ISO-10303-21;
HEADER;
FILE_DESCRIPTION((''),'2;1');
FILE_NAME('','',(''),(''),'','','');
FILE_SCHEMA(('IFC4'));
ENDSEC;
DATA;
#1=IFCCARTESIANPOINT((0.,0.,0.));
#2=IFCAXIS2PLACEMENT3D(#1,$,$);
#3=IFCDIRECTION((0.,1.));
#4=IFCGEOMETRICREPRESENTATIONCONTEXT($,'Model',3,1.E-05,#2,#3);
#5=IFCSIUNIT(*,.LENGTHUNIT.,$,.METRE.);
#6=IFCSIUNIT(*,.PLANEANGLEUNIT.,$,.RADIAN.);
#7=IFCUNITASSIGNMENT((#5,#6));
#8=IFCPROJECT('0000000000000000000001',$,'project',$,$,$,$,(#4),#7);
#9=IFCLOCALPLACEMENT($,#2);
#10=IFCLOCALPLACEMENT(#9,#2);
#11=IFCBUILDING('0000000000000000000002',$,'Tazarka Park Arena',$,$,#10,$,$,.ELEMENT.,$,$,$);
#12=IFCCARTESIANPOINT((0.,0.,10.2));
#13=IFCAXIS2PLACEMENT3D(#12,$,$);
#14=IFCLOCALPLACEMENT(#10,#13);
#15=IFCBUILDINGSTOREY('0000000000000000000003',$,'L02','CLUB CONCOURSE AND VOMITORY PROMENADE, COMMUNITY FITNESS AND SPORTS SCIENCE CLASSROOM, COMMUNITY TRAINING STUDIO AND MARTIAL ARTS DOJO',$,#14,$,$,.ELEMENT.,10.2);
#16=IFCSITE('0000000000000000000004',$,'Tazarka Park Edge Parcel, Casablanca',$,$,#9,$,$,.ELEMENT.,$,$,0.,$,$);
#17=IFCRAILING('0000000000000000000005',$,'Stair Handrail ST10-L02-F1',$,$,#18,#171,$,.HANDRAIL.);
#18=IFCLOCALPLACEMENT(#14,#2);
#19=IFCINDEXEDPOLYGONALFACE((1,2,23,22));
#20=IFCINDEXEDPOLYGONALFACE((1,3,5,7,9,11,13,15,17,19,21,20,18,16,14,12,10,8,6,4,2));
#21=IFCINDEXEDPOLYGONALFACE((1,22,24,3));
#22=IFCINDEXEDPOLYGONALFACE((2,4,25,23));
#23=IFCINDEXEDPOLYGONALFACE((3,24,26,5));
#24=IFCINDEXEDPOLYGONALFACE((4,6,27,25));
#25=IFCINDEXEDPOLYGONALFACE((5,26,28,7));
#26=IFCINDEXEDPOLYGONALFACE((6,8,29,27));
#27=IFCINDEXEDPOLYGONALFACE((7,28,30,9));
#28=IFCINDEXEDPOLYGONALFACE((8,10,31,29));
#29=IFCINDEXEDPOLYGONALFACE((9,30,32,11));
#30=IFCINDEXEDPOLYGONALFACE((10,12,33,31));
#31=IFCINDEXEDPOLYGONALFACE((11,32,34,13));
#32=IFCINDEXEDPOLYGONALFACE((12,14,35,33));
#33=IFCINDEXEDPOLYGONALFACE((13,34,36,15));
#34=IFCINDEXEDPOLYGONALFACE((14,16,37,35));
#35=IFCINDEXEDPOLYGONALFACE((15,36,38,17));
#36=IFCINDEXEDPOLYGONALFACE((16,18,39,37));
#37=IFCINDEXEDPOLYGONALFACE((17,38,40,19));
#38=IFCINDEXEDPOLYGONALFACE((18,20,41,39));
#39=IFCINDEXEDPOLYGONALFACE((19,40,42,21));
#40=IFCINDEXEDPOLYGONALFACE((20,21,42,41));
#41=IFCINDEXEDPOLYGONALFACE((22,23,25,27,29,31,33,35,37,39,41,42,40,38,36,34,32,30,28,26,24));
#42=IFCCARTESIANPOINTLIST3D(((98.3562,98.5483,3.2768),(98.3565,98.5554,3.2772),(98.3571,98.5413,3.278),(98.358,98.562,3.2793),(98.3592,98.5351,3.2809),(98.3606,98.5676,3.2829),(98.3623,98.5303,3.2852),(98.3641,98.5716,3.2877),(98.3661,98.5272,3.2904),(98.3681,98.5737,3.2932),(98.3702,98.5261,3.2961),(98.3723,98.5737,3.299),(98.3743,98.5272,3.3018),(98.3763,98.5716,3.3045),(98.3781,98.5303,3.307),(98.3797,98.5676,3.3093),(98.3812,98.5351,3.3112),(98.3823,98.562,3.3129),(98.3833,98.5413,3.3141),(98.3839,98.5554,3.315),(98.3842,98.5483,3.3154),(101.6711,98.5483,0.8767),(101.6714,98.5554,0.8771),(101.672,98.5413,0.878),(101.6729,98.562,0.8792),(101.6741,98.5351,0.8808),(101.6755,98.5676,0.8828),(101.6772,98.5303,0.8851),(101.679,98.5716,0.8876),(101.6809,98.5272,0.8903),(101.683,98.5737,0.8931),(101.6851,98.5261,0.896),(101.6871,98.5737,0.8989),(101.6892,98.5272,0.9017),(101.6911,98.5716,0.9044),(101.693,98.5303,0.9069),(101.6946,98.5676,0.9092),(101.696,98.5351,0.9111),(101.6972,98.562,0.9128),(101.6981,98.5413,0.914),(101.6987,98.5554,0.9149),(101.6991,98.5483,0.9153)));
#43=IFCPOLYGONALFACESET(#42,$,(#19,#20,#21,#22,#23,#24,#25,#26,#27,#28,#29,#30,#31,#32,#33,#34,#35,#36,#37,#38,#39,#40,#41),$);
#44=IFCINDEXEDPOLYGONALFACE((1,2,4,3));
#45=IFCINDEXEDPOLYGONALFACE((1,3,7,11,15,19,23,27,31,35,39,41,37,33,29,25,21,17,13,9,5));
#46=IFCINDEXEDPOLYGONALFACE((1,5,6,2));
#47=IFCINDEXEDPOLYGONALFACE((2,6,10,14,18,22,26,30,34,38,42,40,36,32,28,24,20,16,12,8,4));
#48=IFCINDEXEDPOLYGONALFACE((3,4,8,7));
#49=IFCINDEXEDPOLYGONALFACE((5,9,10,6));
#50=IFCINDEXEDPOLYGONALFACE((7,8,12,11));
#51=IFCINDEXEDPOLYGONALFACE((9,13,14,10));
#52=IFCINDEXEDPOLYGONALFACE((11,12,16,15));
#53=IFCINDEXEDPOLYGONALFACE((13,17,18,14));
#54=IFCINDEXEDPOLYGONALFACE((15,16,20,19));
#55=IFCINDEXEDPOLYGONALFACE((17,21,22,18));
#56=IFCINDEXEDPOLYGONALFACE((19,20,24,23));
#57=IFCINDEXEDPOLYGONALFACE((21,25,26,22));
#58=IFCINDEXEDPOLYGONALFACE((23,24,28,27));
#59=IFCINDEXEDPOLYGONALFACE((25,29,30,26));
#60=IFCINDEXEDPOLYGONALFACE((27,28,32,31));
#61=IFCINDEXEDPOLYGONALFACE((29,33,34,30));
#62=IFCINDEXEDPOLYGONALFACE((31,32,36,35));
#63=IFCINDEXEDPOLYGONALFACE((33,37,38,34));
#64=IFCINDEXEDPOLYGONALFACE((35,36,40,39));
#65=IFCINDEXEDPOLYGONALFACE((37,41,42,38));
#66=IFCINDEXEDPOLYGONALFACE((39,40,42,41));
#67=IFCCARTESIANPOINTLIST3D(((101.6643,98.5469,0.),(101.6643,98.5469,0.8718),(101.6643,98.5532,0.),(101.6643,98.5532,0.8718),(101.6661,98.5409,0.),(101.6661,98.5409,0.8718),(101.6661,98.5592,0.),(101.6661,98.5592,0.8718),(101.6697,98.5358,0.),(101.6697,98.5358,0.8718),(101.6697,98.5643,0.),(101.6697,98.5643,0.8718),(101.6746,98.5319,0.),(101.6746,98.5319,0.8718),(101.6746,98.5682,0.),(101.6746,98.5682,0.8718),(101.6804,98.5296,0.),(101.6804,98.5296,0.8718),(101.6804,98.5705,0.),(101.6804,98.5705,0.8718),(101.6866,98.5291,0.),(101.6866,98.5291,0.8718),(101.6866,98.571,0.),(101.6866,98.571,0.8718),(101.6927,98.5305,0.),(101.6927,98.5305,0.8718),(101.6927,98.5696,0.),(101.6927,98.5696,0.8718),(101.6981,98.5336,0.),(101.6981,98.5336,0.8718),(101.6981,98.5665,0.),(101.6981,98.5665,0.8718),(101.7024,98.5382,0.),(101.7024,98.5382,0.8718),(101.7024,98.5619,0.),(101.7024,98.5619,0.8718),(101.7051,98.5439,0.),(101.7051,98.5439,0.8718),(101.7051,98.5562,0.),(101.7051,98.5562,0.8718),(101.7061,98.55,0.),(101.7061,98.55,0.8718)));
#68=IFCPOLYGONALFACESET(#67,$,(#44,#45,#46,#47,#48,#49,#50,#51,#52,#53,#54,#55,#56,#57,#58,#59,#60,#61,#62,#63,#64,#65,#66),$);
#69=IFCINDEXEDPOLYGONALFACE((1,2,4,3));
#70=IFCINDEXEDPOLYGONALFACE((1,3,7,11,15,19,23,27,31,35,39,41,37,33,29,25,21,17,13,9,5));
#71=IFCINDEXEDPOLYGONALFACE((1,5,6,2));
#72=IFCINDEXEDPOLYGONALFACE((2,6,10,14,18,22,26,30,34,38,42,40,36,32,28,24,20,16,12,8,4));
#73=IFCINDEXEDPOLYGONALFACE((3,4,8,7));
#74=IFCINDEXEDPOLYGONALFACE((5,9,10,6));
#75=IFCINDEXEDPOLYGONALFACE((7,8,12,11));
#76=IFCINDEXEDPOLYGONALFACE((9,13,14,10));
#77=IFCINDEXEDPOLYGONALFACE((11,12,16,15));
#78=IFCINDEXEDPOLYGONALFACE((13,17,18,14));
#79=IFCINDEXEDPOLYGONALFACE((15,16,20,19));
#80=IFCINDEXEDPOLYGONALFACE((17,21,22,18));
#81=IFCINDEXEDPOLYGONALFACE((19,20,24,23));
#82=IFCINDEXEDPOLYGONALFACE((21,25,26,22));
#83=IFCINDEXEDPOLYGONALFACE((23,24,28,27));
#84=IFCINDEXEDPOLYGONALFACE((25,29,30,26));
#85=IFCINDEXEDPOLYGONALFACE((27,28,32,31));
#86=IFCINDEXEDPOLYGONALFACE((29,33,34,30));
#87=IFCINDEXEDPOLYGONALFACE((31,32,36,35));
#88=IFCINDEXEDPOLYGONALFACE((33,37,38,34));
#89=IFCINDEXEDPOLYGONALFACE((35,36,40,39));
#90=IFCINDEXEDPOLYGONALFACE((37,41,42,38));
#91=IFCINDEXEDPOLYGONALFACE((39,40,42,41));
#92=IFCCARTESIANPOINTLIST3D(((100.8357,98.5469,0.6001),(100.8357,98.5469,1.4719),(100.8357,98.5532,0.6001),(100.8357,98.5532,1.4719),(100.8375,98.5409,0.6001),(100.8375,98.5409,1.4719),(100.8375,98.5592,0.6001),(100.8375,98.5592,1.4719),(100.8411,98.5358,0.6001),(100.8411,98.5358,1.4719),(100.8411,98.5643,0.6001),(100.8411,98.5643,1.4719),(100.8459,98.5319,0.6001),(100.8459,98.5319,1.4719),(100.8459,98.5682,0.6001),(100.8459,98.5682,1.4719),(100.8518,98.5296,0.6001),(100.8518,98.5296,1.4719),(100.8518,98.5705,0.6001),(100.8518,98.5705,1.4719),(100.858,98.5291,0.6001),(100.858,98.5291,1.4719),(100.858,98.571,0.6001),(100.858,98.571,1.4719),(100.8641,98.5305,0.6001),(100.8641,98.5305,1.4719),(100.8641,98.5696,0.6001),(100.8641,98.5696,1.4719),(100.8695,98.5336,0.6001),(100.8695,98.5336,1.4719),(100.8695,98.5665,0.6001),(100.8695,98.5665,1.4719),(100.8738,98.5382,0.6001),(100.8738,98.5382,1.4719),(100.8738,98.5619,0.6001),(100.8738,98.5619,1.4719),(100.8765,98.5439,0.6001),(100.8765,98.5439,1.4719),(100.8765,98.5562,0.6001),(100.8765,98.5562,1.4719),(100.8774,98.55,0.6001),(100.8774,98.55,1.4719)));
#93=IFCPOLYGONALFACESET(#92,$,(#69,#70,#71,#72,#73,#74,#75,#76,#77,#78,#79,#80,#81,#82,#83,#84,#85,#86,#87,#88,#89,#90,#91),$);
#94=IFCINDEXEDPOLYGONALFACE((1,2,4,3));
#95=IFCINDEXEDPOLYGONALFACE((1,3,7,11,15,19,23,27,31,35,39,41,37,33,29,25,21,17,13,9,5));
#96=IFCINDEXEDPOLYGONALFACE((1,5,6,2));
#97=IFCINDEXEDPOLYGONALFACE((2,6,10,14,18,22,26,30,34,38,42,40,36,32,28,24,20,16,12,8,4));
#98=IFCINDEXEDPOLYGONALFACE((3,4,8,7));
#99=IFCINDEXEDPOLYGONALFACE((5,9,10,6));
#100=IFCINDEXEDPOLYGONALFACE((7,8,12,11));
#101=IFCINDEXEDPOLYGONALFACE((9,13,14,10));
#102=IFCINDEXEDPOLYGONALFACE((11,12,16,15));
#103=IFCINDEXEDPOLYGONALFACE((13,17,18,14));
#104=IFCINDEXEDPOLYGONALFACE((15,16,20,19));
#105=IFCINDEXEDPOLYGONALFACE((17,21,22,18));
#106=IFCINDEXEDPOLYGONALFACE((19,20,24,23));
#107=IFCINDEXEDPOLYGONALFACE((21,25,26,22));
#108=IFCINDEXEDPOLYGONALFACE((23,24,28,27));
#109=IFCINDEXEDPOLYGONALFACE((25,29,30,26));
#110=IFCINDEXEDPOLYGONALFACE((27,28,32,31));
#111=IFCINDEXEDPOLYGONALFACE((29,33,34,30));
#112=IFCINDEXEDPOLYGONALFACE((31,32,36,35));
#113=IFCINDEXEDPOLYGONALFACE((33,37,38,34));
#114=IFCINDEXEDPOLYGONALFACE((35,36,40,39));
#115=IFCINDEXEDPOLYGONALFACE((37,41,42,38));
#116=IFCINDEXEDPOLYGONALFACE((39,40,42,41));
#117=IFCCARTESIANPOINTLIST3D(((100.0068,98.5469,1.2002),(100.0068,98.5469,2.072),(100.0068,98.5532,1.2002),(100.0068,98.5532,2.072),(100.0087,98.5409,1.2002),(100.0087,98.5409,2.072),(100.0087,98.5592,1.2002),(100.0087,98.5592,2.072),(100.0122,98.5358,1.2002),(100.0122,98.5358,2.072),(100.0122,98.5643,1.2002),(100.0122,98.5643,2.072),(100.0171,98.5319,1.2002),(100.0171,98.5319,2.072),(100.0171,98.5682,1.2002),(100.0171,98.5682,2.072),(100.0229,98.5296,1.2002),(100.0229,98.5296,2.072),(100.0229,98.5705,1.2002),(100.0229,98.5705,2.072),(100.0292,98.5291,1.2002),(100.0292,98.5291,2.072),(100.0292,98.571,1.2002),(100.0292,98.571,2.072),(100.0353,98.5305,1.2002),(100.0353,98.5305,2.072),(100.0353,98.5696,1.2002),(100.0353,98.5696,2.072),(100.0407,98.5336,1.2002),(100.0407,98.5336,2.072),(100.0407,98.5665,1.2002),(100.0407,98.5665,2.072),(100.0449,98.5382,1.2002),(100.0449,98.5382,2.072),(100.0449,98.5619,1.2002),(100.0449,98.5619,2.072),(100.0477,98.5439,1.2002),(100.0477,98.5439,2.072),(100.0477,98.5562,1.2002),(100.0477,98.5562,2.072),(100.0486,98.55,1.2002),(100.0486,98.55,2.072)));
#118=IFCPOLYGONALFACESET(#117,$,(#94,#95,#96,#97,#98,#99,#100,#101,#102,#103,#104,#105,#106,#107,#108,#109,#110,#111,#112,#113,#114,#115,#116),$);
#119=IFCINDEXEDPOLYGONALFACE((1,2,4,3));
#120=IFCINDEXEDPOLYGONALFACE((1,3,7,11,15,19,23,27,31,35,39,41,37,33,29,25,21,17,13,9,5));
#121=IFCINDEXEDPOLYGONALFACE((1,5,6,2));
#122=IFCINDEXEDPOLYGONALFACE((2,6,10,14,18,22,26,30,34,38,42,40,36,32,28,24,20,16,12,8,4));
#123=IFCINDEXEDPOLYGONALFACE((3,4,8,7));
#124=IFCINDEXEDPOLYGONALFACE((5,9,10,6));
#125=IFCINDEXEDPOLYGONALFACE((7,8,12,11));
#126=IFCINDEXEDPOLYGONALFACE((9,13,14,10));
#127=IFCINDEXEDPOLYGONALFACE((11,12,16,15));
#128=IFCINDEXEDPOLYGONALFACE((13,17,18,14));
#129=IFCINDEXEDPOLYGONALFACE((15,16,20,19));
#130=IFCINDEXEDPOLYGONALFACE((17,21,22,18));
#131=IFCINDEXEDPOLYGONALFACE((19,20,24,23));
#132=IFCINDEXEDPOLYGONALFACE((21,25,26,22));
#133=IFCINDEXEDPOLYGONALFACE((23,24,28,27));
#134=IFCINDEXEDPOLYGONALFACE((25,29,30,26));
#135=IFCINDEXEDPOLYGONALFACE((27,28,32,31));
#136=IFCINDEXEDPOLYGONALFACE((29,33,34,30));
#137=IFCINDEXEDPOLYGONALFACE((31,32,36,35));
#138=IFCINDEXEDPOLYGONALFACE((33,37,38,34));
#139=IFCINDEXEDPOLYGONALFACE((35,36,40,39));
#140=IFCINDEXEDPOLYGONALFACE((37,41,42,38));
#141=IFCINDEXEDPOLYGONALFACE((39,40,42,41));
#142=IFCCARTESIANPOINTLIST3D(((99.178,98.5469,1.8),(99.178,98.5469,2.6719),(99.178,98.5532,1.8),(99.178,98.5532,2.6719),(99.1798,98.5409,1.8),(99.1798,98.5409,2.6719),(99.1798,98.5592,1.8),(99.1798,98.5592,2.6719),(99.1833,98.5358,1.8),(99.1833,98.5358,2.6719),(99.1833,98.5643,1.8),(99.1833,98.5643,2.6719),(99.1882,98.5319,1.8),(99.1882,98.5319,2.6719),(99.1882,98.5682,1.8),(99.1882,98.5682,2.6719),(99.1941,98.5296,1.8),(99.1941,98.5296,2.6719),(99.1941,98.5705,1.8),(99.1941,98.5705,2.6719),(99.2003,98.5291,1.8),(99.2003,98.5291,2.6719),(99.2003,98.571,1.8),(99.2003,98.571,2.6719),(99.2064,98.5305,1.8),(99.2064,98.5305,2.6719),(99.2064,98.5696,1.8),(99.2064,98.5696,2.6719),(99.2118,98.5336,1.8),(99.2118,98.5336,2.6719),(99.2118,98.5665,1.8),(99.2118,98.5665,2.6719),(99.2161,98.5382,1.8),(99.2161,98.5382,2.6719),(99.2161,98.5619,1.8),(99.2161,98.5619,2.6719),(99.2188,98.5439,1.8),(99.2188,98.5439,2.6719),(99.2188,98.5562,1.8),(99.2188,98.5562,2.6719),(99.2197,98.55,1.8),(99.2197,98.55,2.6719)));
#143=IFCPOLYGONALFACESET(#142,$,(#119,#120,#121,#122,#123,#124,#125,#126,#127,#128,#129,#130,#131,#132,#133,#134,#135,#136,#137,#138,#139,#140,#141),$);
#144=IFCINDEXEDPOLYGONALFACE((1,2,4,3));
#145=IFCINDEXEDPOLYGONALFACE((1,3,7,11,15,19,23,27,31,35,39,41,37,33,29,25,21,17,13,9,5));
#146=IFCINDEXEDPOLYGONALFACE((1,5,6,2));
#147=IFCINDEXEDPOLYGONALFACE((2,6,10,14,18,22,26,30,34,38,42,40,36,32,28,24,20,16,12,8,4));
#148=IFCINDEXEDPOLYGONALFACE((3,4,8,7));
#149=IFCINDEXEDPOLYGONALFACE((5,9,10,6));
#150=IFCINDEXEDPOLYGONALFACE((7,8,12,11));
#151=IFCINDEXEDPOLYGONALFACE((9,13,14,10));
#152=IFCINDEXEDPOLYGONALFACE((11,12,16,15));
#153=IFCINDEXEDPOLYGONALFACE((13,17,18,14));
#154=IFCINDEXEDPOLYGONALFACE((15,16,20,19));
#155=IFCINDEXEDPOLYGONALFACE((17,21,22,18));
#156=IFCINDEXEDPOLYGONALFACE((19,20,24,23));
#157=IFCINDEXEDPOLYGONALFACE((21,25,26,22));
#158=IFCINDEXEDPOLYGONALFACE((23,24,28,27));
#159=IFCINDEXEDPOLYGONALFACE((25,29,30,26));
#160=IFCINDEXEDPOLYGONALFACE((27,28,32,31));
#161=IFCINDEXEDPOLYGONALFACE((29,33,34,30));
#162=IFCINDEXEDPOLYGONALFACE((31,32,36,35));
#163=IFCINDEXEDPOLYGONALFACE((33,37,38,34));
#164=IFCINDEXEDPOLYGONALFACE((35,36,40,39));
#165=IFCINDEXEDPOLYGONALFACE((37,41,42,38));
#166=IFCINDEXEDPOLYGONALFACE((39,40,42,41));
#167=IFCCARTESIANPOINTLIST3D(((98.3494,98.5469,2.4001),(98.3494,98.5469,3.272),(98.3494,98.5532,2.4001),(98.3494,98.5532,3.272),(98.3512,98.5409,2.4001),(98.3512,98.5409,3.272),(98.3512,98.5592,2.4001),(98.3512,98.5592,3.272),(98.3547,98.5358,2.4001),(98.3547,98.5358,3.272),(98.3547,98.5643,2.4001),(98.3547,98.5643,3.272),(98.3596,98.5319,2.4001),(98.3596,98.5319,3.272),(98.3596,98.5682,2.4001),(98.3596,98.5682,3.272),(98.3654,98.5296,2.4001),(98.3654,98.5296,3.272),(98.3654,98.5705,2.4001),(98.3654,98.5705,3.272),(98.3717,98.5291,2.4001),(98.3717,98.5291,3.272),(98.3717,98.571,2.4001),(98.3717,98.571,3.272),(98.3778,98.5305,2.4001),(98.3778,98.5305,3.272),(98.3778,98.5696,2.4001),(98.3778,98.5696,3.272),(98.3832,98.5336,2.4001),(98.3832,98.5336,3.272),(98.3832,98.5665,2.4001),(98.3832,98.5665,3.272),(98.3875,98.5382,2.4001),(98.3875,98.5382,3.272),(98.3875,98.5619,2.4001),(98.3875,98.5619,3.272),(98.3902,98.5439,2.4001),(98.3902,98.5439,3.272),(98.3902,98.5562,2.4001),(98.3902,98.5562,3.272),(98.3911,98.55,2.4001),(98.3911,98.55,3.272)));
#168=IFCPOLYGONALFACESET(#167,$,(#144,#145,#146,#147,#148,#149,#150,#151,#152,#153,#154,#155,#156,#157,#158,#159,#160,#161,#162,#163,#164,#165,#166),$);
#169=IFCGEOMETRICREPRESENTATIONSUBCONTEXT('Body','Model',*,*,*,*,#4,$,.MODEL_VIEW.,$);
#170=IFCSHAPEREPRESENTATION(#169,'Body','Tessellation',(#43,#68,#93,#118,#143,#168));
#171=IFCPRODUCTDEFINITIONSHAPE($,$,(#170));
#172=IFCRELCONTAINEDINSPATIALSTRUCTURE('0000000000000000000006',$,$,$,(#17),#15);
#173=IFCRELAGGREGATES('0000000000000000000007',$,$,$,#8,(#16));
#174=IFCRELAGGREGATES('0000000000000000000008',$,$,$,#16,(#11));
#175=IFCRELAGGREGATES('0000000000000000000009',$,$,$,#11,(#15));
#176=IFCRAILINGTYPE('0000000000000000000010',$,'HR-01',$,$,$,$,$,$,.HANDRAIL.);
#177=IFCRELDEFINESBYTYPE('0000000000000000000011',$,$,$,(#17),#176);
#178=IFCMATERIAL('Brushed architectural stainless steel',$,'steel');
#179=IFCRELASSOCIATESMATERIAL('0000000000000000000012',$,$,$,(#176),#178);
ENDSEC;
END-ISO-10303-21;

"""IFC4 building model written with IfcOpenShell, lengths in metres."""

from ifc_helpers import new_model, si_unit, direction, frame, origin, origin_2d, place, context, subcontext, project, spatial, circle, extrude, material, type_object, element, save


model = new_model("IFC4")

# Units and contexts
model_context = context("Model", 3, precision=1e-05, world=origin(), true_north=direction((0.0, 1.0)))
body_context = subcontext(model_context, "Body", "Model", "MODEL_VIEW")
ifc_project = project(units=[si_unit("LENGTHUNIT", "METRE"), si_unit("PLANEANGLEUNIT", "RADIAN")], contexts=[model_context])

# Site, building, storey
site_placement = place(None, origin())
site = spatial("IfcSite", under=ifc_project, at=site_placement, Name="Tazarka Park Edge Parcel, Casablanca", CompositionType="ELEMENT", RefElevation=0.0)
building_placement = place(site_placement, origin())
building = spatial("IfcBuilding", under=site, at=building_placement, Name="Tazarka Park Arena", CompositionType="ELEMENT")
storey_placement = place(building_placement, frame((0.0, 0.0, 10.2)))
storey = spatial("IfcBuildingStorey", under=building, at=storey_placement, Name="L02", Description="CLUB CONCOURSE AND VOMITORY PROMENADE, COMMUNITY FITNESS AND SPORTS SCIENCE CLASSROOM, COMMUNITY TRAINING STUDIO AND MARTIAL ARTS DOJO", CompositionType="ELEMENT", Elevation=10.2)

# Railing
ifc_material_1 = material(Name="Brushed architectural stainless steel", Category="steel")
railing_type_1 = type_object("IfcRailingType", Name="HR-01", PredefinedType="HANDRAIL", material=ifc_material_1)
railing_1_placement = place(storey_placement, frame((101.6851, 98.55, 0.0)))
element("IfcRailing", 1, at=railing_1_placement, inside=storey, type_object=railing_type_1, Name="Stair Handrail ST10-L02-F1", PredefinedType="HANDRAIL", context=body_context, shape_type="SweptSolid", body=[
    extrude(circle(Radius=0.0239, at=origin_2d()), frame((0.0, 0.0, 0.896), z_axis=(-0.80998, 0.0, 0.586457), x_axis=(0.0, -1.0, 0.0)), (0.0, 0.0, 1.0), 4.0925),
    extrude(circle(Radius=0.021, at=origin_2d()), origin(), (0.0, 0.0, 1.0), 0.8718),
    extrude(circle(Radius=0.021, at=origin_2d()), frame((-0.8286, 0.0, 0.6001)), (0.0, 0.0, 1.0), 0.8718),
    extrude(circle(Radius=0.021, at=origin_2d()), frame((-1.6575, 0.0, 1.2002)), (0.0, 0.0, 1.0), 0.8718),
    extrude(circle(Radius=0.021, at=origin_2d()), frame((-2.4863, 0.0, 1.8)), (0.0, 0.0, 1.0), 0.8718),
    extrude(circle(Radius=0.021, at=origin_2d()), frame((-3.3149, 0.0, 2.4001)), (0.0, 0.0, 1.0), 0.8718),
])

save(model, "model.ifc")
